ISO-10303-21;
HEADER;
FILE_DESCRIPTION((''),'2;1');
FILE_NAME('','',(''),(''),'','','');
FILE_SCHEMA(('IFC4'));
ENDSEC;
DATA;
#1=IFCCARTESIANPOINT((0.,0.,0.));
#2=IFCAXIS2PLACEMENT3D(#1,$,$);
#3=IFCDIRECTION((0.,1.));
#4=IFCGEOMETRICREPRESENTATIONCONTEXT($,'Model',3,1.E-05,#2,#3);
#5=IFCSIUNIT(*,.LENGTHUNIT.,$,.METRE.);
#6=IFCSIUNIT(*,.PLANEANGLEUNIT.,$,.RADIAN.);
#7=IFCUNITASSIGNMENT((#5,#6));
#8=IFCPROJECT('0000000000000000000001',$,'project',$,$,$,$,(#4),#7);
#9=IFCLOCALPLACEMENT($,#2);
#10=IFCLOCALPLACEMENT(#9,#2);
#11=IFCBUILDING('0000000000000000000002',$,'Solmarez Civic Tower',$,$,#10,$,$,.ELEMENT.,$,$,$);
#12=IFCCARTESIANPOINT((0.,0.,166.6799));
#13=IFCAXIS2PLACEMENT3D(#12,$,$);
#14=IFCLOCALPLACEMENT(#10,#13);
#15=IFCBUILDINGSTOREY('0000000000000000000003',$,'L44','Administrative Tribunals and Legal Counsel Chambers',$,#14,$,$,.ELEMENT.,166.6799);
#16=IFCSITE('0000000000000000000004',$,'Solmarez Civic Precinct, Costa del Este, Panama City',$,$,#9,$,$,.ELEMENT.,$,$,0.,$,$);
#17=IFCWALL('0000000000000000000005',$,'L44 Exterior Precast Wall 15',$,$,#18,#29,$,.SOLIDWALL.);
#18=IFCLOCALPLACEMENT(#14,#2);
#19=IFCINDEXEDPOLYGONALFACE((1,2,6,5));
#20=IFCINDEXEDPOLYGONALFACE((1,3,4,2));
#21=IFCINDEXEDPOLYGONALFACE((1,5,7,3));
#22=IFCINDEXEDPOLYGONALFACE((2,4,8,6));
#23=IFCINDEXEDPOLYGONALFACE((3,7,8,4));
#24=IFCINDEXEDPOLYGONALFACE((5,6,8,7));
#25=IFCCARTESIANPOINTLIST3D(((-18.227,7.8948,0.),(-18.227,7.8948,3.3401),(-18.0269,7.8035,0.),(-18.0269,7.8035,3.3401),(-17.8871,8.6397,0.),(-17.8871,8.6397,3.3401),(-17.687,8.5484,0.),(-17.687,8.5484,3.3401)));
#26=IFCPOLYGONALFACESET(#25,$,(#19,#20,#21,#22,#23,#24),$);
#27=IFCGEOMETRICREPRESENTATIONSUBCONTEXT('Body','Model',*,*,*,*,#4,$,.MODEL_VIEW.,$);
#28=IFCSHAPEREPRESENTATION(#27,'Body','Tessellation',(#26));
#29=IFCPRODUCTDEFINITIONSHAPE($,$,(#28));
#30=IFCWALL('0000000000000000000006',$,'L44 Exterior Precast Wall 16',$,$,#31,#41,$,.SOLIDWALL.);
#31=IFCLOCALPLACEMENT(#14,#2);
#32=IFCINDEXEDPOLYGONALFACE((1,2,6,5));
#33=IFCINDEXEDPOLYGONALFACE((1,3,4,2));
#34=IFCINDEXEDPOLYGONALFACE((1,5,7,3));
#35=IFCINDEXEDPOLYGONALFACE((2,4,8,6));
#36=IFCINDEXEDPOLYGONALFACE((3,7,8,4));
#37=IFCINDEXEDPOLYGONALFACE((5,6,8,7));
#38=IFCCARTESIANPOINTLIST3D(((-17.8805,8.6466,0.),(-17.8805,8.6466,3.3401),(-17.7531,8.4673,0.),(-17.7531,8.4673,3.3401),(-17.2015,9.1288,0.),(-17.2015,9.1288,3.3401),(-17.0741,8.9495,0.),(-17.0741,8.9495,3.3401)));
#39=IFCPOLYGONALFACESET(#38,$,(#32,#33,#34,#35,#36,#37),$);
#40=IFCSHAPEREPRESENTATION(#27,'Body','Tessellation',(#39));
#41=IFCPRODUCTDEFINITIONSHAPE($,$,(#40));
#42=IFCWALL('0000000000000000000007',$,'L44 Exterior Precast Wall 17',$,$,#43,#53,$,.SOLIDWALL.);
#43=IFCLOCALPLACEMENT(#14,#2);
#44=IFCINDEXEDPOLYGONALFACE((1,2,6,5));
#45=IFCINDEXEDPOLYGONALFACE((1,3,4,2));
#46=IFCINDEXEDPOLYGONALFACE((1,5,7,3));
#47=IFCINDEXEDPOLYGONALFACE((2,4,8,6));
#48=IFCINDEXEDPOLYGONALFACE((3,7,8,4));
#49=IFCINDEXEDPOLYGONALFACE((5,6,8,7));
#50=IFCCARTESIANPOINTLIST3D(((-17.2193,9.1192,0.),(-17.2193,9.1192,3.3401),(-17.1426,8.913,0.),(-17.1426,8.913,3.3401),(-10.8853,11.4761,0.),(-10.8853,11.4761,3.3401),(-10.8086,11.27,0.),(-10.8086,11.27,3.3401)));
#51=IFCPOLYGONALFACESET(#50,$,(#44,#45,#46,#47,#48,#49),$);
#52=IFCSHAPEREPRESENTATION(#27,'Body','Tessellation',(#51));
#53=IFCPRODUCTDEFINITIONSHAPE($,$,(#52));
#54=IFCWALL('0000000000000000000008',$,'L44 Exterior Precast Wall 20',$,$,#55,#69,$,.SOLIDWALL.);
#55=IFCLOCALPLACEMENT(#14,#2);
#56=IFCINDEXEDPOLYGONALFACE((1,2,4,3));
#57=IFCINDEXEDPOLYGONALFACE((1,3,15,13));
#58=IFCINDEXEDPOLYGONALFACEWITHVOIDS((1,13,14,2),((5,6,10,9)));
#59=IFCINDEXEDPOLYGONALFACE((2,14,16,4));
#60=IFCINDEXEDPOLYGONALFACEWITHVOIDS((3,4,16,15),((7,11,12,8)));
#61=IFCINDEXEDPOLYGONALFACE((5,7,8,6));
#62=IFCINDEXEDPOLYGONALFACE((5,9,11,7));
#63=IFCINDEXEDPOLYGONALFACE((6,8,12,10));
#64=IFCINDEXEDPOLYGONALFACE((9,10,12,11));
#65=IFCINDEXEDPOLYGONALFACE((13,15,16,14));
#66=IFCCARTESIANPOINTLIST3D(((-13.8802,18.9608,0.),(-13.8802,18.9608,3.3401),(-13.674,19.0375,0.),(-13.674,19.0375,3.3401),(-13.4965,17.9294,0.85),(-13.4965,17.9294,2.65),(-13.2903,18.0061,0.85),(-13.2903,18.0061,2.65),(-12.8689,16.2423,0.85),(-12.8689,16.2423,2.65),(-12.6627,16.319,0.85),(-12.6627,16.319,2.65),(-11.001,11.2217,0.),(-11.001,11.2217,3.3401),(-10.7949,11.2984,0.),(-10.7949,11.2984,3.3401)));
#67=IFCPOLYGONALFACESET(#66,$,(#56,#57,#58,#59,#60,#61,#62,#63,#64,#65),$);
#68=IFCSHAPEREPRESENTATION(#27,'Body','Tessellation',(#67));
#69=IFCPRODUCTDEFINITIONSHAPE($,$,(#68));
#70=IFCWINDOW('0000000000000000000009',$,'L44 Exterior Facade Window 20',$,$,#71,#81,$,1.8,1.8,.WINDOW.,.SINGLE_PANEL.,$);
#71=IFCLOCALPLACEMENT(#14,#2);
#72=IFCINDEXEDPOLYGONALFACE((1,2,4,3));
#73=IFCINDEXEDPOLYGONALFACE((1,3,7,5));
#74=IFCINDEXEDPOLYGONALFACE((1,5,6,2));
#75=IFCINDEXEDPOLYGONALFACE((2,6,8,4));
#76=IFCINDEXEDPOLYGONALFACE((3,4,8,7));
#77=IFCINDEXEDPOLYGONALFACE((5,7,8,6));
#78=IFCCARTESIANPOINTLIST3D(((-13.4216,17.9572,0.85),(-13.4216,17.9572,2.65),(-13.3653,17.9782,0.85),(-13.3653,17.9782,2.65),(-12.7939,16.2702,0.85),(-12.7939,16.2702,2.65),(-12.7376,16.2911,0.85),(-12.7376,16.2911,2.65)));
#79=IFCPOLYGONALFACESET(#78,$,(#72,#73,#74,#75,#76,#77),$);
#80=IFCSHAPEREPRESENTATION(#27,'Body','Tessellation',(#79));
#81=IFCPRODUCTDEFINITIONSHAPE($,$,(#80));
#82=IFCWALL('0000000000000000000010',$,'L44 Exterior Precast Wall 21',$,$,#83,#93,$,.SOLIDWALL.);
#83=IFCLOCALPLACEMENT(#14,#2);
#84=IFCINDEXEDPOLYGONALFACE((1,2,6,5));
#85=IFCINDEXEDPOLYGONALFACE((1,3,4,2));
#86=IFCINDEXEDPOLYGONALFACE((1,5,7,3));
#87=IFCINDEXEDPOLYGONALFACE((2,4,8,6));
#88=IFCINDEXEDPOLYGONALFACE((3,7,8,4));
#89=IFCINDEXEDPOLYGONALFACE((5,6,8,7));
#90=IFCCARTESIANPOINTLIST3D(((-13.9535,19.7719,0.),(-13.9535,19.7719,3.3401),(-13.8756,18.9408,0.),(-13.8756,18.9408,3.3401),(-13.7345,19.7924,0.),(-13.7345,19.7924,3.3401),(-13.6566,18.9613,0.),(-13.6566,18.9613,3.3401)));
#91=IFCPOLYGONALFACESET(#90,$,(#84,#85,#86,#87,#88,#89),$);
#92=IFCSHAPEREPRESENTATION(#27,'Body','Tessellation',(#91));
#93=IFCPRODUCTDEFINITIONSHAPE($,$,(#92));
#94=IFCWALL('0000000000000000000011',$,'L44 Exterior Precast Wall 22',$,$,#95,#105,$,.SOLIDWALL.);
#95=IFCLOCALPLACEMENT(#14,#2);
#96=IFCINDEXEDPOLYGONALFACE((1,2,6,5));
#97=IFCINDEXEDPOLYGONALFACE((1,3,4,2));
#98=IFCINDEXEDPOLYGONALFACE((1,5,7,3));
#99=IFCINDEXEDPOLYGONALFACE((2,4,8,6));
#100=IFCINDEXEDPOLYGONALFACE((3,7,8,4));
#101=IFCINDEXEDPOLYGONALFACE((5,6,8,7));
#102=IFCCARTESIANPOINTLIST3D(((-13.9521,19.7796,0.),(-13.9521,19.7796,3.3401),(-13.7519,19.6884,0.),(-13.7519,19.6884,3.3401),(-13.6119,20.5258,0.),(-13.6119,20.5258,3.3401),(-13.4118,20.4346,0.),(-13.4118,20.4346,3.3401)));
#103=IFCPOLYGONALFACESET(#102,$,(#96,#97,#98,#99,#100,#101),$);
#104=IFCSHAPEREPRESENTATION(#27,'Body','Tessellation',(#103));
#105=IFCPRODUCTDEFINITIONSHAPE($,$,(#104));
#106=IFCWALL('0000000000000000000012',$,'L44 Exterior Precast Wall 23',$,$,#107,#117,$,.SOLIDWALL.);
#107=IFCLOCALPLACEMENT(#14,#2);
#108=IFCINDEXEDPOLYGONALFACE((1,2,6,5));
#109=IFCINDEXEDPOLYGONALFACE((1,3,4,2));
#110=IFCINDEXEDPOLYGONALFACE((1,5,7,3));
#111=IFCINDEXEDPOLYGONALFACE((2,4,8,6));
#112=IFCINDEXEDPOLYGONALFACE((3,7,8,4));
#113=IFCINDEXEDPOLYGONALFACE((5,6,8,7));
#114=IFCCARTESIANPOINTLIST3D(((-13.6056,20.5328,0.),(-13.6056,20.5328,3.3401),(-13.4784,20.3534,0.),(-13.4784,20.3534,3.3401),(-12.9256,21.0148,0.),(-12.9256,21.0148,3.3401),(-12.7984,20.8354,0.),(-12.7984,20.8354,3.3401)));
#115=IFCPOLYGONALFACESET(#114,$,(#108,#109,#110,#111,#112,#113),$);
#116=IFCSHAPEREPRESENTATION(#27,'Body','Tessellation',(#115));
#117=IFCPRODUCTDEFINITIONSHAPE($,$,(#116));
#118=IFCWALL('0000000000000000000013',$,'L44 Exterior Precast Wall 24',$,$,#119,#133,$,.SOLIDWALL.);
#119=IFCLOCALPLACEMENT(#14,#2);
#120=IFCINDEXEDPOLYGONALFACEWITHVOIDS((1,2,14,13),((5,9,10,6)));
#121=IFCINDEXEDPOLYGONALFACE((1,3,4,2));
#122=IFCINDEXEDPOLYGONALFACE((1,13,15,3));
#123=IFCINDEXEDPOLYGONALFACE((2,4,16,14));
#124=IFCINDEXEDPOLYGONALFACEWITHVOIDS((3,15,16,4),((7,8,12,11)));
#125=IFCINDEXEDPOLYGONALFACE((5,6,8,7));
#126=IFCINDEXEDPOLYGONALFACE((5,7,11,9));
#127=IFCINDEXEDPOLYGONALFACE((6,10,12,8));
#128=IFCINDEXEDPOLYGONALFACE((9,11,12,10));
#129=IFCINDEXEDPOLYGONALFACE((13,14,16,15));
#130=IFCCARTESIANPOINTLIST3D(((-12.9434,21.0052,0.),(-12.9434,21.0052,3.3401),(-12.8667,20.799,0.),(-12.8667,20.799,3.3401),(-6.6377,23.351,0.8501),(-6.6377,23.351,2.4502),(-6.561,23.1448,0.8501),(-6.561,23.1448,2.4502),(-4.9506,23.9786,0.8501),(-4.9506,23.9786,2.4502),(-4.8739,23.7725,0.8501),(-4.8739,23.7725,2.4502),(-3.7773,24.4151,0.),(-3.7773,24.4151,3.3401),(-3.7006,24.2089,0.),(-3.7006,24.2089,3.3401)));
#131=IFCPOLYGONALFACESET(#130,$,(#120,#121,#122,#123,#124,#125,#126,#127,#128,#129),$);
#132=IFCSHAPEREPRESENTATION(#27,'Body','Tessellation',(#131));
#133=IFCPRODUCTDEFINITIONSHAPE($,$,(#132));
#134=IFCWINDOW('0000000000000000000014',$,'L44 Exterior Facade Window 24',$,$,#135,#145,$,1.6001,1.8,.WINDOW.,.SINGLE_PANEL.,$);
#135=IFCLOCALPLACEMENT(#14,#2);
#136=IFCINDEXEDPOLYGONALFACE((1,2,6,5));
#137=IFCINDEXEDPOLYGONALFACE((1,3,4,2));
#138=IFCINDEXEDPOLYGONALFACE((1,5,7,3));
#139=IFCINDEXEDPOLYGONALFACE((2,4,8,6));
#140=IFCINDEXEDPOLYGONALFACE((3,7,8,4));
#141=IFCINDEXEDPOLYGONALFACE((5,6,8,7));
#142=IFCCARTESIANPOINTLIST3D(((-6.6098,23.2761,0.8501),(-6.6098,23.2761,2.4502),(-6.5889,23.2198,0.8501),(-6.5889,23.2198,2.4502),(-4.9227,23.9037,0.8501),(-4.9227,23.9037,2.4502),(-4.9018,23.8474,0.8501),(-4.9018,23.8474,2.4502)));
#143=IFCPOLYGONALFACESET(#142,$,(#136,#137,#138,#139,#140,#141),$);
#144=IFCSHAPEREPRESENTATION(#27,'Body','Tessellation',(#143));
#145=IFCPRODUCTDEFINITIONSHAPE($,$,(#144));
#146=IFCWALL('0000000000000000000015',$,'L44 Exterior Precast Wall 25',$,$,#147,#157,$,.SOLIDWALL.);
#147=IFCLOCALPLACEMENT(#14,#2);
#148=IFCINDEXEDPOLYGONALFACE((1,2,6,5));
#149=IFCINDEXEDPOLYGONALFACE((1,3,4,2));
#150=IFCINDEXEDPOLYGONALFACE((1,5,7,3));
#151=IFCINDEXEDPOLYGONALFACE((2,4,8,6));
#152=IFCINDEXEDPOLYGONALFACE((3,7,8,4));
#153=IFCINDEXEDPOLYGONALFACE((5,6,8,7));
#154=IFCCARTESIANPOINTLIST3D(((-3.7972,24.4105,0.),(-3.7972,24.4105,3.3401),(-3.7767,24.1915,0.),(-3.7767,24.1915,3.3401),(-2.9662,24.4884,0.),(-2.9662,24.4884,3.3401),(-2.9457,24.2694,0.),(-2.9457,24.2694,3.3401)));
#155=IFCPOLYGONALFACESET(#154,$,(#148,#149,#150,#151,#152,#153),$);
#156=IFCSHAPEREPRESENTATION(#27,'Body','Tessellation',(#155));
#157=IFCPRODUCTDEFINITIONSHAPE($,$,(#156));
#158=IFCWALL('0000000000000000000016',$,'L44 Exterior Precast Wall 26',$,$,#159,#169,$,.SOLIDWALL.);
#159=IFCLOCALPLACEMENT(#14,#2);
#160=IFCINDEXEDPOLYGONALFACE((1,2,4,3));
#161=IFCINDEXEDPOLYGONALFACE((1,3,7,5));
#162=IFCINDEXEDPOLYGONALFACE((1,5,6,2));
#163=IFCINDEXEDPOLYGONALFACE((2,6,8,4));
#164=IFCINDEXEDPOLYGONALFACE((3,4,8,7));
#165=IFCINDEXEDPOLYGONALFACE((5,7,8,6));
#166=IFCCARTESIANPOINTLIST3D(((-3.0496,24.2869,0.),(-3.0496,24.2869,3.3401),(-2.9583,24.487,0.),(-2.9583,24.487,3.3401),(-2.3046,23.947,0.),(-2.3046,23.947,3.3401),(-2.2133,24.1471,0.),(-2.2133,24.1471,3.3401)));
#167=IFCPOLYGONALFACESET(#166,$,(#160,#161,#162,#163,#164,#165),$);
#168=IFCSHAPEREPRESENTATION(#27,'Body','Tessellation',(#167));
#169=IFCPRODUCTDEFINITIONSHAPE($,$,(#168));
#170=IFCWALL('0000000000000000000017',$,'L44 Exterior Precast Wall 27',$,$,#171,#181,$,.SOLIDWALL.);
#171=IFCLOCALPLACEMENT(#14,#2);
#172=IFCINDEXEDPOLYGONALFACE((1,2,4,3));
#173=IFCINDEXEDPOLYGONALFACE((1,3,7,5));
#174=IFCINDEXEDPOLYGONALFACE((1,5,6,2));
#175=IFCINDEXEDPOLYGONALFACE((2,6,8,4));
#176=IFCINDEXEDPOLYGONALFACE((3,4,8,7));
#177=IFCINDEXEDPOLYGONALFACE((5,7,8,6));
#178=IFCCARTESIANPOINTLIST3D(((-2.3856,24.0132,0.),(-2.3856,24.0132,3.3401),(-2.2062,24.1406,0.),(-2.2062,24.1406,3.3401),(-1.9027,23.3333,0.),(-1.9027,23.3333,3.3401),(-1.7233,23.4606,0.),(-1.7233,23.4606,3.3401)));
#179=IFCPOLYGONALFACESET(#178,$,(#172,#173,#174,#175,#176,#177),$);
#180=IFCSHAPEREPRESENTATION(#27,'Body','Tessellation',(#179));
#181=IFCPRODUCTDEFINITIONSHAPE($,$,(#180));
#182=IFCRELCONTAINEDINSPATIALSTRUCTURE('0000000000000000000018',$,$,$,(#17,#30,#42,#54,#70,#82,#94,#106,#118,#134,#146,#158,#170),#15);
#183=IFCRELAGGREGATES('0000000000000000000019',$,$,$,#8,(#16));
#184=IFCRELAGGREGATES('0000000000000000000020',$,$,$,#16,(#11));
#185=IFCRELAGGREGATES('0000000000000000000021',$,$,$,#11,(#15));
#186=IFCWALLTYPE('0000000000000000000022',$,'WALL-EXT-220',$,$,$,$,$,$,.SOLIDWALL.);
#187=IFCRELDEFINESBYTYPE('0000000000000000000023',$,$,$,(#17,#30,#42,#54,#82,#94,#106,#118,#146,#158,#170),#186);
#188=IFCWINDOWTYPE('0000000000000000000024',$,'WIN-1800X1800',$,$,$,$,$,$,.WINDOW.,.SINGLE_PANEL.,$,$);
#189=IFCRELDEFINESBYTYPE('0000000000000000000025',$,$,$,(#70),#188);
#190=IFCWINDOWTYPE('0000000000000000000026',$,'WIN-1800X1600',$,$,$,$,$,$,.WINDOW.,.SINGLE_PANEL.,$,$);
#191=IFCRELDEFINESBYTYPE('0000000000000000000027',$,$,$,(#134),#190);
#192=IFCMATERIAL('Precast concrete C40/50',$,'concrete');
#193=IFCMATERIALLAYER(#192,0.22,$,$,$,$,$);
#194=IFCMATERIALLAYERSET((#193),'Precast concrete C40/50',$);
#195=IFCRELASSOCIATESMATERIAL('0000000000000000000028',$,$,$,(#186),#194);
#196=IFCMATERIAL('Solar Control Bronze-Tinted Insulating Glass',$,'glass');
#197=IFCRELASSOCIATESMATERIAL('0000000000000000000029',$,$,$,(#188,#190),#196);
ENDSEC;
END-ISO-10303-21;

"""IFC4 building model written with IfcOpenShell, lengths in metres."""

from ifc_helpers import new_model, si_unit, direction, frame, frame_2d, origin, place, context, subcontext, project, spatial, rectangle, extrude, material, layer, layer_set, type_object, element, fill, save


model = new_model("IFC4")

# Units and contexts
model_context = context("Model", 3, precision=1e-05, world=origin(), true_north=direction((0.0, 1.0)))
body_context = subcontext(model_context, "Body", "Model", "MODEL_VIEW")
ifc_project = project(units=[si_unit("LENGTHUNIT", "METRE"), si_unit("PLANEANGLEUNIT", "RADIAN")], contexts=[model_context])

# Site, building, storey
site_placement = place(None, origin())
site = spatial("IfcSite", under=ifc_project, at=site_placement, Name="Solmarez Civic Precinct, Costa del Este, Panama City", CompositionType="ELEMENT", RefElevation=0.0)
building_placement = place(site_placement, origin())
building = spatial("IfcBuilding", under=site, at=building_placement, Name="Solmarez Civic Tower", CompositionType="ELEMENT")
storey_placement = place(building_placement, frame((0.0, 0.0, 166.6799)))
storey = spatial("IfcBuildingStorey", under=building, at=storey_placement, Name="L44", Description="Administrative Tribunals and Legal Counsel Chambers", CompositionType="ELEMENT", Elevation=166.6799)

# Walls
ifc_material_1 = material(Name="Precast concrete C40/50", Category="concrete")
ifc_layer_1 = layer(ifc_material_1, 0.22)
ifc_layer_set_1 = layer_set([ifc_layer_1], Name="Precast concrete C40/50")
wall_type_1 = type_object("IfcWallType", Name="WALL-EXT-220", PredefinedType="SOLIDWALL", material=ifc_layer_set_1)
wall_1_placement = place(storey_placement, frame((-18.127, 7.8491, 0.0), z_axis=(0.0, 0.0, 1.0), x_axis=(0.415083, 0.909783, 0.0)))
element("IfcWall", 1, at=wall_1_placement, inside=storey, type_object=wall_type_1, Name="L44 Exterior Precast Wall 15", PredefinedType="SOLIDWALL", context=body_context, shape_type="SweptSolid", body=[
    extrude(rectangle(XDim=0.8188, YDim=0.22, at=frame_2d((0.4094, 0.0))), origin(), (0.0, 0.0, 1.0), 3.3401),
])
wall_2_placement = place(storey_placement, frame((-17.8169, 8.5569, 0.0), z_axis=(0.0, 0.0, 1.0), x_axis=(0.815315, 0.579017, 0.0)))
element("IfcWall", 2, at=wall_2_placement, inside=storey, type_object=wall_type_1, Name="L44 Exterior Precast Wall 16", PredefinedType="SOLIDWALL", context=body_context, shape_type="SweptSolid", body=[
    extrude(rectangle(XDim=0.8328, YDim=0.22, at=frame_2d((0.4165, 0.0))), origin(), (0.0, 0.0, 1.0), 3.3401),
])
wall_3_placement = place(storey_placement, frame((-17.1809, 9.0161, 0.0), z_axis=(0.0, 0.0, 1.0), x_axis=(0.937217, 0.348747, 0.0)))
element("IfcWall", 3, at=wall_3_placement, inside=storey, type_object=wall_type_1, Name="L44 Exterior Precast Wall 17", PredefinedType="SOLIDWALL", context=body_context, shape_type="SweptSolid", body=[
    extrude(rectangle(XDim=6.7583, YDim=0.22, at=frame_2d((3.3792, 0.0))), origin(), (0.0, 0.0, 1.0), 3.3401),
])

# Wall, opening, window
wall_4_placement = place(storey_placement, frame((-10.8979, 11.26, 0.0), z_axis=(0.0, 0.0, 1.0), x_axis=(-0.348682, 0.937241, 0.0)))
wall_4 = element("IfcWall", 4, at=wall_4_placement, inside=storey, type_object=wall_type_1, Name="L44 Exterior Precast Wall 20", PredefinedType="SOLIDWALL", context=body_context, shape_type="SweptSolid", body=[
    extrude(rectangle(XDim=8.2573, YDim=0.22, at=frame_2d((4.1287, 0.0))), origin(), (0.0, 0.0, 1.0), 3.3401),
])
opening_1_placement = place(wall_4_placement, frame((5.3569, 0.0, 0.8501)))
opening_1 = element("IfcOpeningElement", 5, at=opening_1_placement, cuts=wall_4, PredefinedType="OPENING", context=body_context, shape_type="SweptSolid", body=[
    extrude(rectangle(XDim=1.8, YDim=1.8, at=frame_2d((0.8999, 0.8999))), frame((0.0, 0.1199, 0.0), z_axis=(0.0, -1.0, 0.0), x_axis=(1.0, 0.0, 0.0)), (0.0, 0.0, 1.0), 0.24),
])
ifc_material_2 = material(Name="Solar Control Bronze-Tinted Insulating Glass", Category="glass")
window_type_1 = type_object("IfcWindowType", Name="WIN-1800X1800", PartitioningType="SINGLE_PANEL", PredefinedType="WINDOW", material=ifc_material_2)
window_1_placement = place(opening_1_placement, origin())
window_1 = element("IfcWindow", 6, at=window_1_placement, inside=storey, type_object=window_type_1, Name="L44 Exterior Facade Window 20", OverallHeight=1.8, OverallWidth=1.8, PartitioningType="SINGLE_PANEL", PredefinedType="WINDOW", context=body_context, shape_type="SweptSolid", body=[
    extrude(rectangle(XDim=1.8, YDim=1.8, at=frame_2d((0.8999, 0.8999))), frame((0.0, 0.03, 0.0), z_axis=(0.0, -1.0, 0.0), x_axis=(1.0, 0.0, 0.0)), (0.0, 0.0, 1.0), 0.0601),
])
fill(opening_1, window_1)

# Walls
wall_5_placement = place(storey_placement, frame((-13.7661, 18.9509, 0.0), z_axis=(0.0, 0.0, 1.0), x_axis=(-0.093304, 0.995638, 0.0)))
element("IfcWall", 7, at=wall_5_placement, inside=storey, type_object=wall_type_1, Name="L44 Exterior Precast Wall 21", PredefinedType="SOLIDWALL", context=body_context, shape_type="SweptSolid", body=[
    extrude(rectangle(XDim=0.8347, YDim=0.22, at=frame_2d((0.4175, 0.0))), origin(), (0.0, 0.0, 1.0), 3.3401),
])
wall_6_placement = place(storey_placement, frame((-13.8521, 19.7339, 0.0), z_axis=(0.0, 0.0, 1.0), x_axis=(0.414767, 0.909927, 0.0)))
element("IfcWall", 8, at=wall_6_placement, inside=storey, type_object=wall_type_1, Name="L44 Exterior Precast Wall 22", PredefinedType="SOLIDWALL", context=body_context, shape_type="SweptSolid", body=[
    extrude(rectangle(XDim=0.8201, YDim=0.22, at=frame_2d((0.4102, 0.0))), origin(), (0.0, 0.0, 1.0), 3.3401),
])
wall_7_placement = place(storey_placement, frame((-13.542, 20.4431, 0.0), z_axis=(0.0, 0.0, 1.0), x_axis=(0.815846, 0.578269, 0.0)))
element("IfcWall", 9, at=wall_7_placement, inside=storey, type_object=wall_type_1, Name="L44 Exterior Precast Wall 23", PredefinedType="SOLIDWALL", context=body_context, shape_type="SweptSolid", body=[
    extrude(rectangle(XDim=0.8335, YDim=0.22, at=frame_2d((0.4167, 0.0))), origin(), (0.0, 0.0, 1.0), 3.3401),
])

# Wall, opening, window
wall_8_placement = place(storey_placement, frame((-12.905, 20.9021, 0.0), z_axis=(0.0, 0.0, 1.0), x_axis=(0.937245, 0.348671, 0.0)))
wall_8 = element("IfcWall", 10, at=wall_8_placement, inside=storey, type_object=wall_type_1, Name="L44 Exterior Precast Wall 24", PredefinedType="SOLIDWALL", context=body_context, shape_type="SweptSolid", body=[
    extrude(rectangle(XDim=9.7798, YDim=0.22, at=frame_2d((4.8899, 0.0))), origin(), (0.0, 0.0, 1.0), 3.3401),
])
opening_2_placement = place(wall_8_placement, frame((6.728, 0.0, 0.8501)))
opening_2 = element("IfcOpeningElement", 11, at=opening_2_placement, cuts=wall_8, PredefinedType="OPENING", context=body_context, shape_type="SweptSolid", body=[
    extrude(rectangle(XDim=1.8, YDim=1.6001, at=frame_2d((0.8999, 0.8))), frame((0.0, 0.1199, 0.0), z_axis=(0.0, -1.0, 0.0), x_axis=(1.0, 0.0, 0.0)), (0.0, 0.0, 1.0), 0.24),
])
window_type_2 = type_object("IfcWindowType", Name="WIN-1800X1600", PartitioningType="SINGLE_PANEL", PredefinedType="WINDOW", material=ifc_material_2)
window_2_placement = place(opening_2_placement, origin())
window_2 = element("IfcWindow", 12, at=window_2_placement, inside=storey, type_object=window_type_2, Name="L44 Exterior Facade Window 24", OverallHeight=1.6001, OverallWidth=1.8, PartitioningType="SINGLE_PANEL", PredefinedType="WINDOW", context=body_context, shape_type="SweptSolid", body=[
    extrude(rectangle(XDim=1.8, YDim=1.6001, at=frame_2d((0.8999, 0.8))), frame((0.0, 0.03, 0.0), z_axis=(0.0, -1.0, 0.0), x_axis=(1.0, 0.0, 0.0)), (0.0, 0.0, 1.0), 0.0601),
])
fill(opening_2, window_2)

# Walls
wall_9_placement = place(storey_placement, frame((-3.7871, 24.301, 0.0), z_axis=(0.0, 0.0, 1.0), x_axis=(0.995638, 0.093304, 0.0)))
element("IfcWall", 13, at=wall_9_placement, inside=storey, type_object=wall_type_1, Name="L44 Exterior Precast Wall 25", PredefinedType="SOLIDWALL", context=body_context, shape_type="SweptSolid", body=[
    extrude(rectangle(XDim=0.8347, YDim=0.22, at=frame_2d((0.4175, 0.0))), origin(), (0.0, 0.0, 1.0), 3.3401),
])
wall_10_placement = place(storey_placement, frame((-3.0039, 24.387, 0.0), z_axis=(0.0, 0.0, 1.0), x_axis=(0.909783, -0.415083, 0.0)))
element("IfcWall", 14, at=wall_10_placement, inside=storey, type_object=wall_type_1, Name="L44 Exterior Precast Wall 26", PredefinedType="SOLIDWALL", context=body_context, shape_type="SweptSolid", body=[
    extrude(rectangle(XDim=0.8188, YDim=0.22, at=frame_2d((0.4094, 0.0))), origin(), (0.0, 0.0, 1.0), 3.3401),
])
wall_11_placement = place(storey_placement, frame((-2.2959, 24.0769, 0.0), z_axis=(0.0, 0.0, 1.0), x_axis=(0.579048, -0.815293, 0.0)))
element("IfcWall", 15, at=wall_11_placement, inside=storey, type_object=wall_type_1, Name="L44 Exterior Precast Wall 27", PredefinedType="SOLIDWALL", context=body_context, shape_type="SweptSolid", body=[
    extrude(rectangle(XDim=0.834, YDim=0.22, at=frame_2d((0.417, 0.0))), origin(), (0.0, 0.0, 1.0), 3.3401),
])

save(model, "model.ifc")
